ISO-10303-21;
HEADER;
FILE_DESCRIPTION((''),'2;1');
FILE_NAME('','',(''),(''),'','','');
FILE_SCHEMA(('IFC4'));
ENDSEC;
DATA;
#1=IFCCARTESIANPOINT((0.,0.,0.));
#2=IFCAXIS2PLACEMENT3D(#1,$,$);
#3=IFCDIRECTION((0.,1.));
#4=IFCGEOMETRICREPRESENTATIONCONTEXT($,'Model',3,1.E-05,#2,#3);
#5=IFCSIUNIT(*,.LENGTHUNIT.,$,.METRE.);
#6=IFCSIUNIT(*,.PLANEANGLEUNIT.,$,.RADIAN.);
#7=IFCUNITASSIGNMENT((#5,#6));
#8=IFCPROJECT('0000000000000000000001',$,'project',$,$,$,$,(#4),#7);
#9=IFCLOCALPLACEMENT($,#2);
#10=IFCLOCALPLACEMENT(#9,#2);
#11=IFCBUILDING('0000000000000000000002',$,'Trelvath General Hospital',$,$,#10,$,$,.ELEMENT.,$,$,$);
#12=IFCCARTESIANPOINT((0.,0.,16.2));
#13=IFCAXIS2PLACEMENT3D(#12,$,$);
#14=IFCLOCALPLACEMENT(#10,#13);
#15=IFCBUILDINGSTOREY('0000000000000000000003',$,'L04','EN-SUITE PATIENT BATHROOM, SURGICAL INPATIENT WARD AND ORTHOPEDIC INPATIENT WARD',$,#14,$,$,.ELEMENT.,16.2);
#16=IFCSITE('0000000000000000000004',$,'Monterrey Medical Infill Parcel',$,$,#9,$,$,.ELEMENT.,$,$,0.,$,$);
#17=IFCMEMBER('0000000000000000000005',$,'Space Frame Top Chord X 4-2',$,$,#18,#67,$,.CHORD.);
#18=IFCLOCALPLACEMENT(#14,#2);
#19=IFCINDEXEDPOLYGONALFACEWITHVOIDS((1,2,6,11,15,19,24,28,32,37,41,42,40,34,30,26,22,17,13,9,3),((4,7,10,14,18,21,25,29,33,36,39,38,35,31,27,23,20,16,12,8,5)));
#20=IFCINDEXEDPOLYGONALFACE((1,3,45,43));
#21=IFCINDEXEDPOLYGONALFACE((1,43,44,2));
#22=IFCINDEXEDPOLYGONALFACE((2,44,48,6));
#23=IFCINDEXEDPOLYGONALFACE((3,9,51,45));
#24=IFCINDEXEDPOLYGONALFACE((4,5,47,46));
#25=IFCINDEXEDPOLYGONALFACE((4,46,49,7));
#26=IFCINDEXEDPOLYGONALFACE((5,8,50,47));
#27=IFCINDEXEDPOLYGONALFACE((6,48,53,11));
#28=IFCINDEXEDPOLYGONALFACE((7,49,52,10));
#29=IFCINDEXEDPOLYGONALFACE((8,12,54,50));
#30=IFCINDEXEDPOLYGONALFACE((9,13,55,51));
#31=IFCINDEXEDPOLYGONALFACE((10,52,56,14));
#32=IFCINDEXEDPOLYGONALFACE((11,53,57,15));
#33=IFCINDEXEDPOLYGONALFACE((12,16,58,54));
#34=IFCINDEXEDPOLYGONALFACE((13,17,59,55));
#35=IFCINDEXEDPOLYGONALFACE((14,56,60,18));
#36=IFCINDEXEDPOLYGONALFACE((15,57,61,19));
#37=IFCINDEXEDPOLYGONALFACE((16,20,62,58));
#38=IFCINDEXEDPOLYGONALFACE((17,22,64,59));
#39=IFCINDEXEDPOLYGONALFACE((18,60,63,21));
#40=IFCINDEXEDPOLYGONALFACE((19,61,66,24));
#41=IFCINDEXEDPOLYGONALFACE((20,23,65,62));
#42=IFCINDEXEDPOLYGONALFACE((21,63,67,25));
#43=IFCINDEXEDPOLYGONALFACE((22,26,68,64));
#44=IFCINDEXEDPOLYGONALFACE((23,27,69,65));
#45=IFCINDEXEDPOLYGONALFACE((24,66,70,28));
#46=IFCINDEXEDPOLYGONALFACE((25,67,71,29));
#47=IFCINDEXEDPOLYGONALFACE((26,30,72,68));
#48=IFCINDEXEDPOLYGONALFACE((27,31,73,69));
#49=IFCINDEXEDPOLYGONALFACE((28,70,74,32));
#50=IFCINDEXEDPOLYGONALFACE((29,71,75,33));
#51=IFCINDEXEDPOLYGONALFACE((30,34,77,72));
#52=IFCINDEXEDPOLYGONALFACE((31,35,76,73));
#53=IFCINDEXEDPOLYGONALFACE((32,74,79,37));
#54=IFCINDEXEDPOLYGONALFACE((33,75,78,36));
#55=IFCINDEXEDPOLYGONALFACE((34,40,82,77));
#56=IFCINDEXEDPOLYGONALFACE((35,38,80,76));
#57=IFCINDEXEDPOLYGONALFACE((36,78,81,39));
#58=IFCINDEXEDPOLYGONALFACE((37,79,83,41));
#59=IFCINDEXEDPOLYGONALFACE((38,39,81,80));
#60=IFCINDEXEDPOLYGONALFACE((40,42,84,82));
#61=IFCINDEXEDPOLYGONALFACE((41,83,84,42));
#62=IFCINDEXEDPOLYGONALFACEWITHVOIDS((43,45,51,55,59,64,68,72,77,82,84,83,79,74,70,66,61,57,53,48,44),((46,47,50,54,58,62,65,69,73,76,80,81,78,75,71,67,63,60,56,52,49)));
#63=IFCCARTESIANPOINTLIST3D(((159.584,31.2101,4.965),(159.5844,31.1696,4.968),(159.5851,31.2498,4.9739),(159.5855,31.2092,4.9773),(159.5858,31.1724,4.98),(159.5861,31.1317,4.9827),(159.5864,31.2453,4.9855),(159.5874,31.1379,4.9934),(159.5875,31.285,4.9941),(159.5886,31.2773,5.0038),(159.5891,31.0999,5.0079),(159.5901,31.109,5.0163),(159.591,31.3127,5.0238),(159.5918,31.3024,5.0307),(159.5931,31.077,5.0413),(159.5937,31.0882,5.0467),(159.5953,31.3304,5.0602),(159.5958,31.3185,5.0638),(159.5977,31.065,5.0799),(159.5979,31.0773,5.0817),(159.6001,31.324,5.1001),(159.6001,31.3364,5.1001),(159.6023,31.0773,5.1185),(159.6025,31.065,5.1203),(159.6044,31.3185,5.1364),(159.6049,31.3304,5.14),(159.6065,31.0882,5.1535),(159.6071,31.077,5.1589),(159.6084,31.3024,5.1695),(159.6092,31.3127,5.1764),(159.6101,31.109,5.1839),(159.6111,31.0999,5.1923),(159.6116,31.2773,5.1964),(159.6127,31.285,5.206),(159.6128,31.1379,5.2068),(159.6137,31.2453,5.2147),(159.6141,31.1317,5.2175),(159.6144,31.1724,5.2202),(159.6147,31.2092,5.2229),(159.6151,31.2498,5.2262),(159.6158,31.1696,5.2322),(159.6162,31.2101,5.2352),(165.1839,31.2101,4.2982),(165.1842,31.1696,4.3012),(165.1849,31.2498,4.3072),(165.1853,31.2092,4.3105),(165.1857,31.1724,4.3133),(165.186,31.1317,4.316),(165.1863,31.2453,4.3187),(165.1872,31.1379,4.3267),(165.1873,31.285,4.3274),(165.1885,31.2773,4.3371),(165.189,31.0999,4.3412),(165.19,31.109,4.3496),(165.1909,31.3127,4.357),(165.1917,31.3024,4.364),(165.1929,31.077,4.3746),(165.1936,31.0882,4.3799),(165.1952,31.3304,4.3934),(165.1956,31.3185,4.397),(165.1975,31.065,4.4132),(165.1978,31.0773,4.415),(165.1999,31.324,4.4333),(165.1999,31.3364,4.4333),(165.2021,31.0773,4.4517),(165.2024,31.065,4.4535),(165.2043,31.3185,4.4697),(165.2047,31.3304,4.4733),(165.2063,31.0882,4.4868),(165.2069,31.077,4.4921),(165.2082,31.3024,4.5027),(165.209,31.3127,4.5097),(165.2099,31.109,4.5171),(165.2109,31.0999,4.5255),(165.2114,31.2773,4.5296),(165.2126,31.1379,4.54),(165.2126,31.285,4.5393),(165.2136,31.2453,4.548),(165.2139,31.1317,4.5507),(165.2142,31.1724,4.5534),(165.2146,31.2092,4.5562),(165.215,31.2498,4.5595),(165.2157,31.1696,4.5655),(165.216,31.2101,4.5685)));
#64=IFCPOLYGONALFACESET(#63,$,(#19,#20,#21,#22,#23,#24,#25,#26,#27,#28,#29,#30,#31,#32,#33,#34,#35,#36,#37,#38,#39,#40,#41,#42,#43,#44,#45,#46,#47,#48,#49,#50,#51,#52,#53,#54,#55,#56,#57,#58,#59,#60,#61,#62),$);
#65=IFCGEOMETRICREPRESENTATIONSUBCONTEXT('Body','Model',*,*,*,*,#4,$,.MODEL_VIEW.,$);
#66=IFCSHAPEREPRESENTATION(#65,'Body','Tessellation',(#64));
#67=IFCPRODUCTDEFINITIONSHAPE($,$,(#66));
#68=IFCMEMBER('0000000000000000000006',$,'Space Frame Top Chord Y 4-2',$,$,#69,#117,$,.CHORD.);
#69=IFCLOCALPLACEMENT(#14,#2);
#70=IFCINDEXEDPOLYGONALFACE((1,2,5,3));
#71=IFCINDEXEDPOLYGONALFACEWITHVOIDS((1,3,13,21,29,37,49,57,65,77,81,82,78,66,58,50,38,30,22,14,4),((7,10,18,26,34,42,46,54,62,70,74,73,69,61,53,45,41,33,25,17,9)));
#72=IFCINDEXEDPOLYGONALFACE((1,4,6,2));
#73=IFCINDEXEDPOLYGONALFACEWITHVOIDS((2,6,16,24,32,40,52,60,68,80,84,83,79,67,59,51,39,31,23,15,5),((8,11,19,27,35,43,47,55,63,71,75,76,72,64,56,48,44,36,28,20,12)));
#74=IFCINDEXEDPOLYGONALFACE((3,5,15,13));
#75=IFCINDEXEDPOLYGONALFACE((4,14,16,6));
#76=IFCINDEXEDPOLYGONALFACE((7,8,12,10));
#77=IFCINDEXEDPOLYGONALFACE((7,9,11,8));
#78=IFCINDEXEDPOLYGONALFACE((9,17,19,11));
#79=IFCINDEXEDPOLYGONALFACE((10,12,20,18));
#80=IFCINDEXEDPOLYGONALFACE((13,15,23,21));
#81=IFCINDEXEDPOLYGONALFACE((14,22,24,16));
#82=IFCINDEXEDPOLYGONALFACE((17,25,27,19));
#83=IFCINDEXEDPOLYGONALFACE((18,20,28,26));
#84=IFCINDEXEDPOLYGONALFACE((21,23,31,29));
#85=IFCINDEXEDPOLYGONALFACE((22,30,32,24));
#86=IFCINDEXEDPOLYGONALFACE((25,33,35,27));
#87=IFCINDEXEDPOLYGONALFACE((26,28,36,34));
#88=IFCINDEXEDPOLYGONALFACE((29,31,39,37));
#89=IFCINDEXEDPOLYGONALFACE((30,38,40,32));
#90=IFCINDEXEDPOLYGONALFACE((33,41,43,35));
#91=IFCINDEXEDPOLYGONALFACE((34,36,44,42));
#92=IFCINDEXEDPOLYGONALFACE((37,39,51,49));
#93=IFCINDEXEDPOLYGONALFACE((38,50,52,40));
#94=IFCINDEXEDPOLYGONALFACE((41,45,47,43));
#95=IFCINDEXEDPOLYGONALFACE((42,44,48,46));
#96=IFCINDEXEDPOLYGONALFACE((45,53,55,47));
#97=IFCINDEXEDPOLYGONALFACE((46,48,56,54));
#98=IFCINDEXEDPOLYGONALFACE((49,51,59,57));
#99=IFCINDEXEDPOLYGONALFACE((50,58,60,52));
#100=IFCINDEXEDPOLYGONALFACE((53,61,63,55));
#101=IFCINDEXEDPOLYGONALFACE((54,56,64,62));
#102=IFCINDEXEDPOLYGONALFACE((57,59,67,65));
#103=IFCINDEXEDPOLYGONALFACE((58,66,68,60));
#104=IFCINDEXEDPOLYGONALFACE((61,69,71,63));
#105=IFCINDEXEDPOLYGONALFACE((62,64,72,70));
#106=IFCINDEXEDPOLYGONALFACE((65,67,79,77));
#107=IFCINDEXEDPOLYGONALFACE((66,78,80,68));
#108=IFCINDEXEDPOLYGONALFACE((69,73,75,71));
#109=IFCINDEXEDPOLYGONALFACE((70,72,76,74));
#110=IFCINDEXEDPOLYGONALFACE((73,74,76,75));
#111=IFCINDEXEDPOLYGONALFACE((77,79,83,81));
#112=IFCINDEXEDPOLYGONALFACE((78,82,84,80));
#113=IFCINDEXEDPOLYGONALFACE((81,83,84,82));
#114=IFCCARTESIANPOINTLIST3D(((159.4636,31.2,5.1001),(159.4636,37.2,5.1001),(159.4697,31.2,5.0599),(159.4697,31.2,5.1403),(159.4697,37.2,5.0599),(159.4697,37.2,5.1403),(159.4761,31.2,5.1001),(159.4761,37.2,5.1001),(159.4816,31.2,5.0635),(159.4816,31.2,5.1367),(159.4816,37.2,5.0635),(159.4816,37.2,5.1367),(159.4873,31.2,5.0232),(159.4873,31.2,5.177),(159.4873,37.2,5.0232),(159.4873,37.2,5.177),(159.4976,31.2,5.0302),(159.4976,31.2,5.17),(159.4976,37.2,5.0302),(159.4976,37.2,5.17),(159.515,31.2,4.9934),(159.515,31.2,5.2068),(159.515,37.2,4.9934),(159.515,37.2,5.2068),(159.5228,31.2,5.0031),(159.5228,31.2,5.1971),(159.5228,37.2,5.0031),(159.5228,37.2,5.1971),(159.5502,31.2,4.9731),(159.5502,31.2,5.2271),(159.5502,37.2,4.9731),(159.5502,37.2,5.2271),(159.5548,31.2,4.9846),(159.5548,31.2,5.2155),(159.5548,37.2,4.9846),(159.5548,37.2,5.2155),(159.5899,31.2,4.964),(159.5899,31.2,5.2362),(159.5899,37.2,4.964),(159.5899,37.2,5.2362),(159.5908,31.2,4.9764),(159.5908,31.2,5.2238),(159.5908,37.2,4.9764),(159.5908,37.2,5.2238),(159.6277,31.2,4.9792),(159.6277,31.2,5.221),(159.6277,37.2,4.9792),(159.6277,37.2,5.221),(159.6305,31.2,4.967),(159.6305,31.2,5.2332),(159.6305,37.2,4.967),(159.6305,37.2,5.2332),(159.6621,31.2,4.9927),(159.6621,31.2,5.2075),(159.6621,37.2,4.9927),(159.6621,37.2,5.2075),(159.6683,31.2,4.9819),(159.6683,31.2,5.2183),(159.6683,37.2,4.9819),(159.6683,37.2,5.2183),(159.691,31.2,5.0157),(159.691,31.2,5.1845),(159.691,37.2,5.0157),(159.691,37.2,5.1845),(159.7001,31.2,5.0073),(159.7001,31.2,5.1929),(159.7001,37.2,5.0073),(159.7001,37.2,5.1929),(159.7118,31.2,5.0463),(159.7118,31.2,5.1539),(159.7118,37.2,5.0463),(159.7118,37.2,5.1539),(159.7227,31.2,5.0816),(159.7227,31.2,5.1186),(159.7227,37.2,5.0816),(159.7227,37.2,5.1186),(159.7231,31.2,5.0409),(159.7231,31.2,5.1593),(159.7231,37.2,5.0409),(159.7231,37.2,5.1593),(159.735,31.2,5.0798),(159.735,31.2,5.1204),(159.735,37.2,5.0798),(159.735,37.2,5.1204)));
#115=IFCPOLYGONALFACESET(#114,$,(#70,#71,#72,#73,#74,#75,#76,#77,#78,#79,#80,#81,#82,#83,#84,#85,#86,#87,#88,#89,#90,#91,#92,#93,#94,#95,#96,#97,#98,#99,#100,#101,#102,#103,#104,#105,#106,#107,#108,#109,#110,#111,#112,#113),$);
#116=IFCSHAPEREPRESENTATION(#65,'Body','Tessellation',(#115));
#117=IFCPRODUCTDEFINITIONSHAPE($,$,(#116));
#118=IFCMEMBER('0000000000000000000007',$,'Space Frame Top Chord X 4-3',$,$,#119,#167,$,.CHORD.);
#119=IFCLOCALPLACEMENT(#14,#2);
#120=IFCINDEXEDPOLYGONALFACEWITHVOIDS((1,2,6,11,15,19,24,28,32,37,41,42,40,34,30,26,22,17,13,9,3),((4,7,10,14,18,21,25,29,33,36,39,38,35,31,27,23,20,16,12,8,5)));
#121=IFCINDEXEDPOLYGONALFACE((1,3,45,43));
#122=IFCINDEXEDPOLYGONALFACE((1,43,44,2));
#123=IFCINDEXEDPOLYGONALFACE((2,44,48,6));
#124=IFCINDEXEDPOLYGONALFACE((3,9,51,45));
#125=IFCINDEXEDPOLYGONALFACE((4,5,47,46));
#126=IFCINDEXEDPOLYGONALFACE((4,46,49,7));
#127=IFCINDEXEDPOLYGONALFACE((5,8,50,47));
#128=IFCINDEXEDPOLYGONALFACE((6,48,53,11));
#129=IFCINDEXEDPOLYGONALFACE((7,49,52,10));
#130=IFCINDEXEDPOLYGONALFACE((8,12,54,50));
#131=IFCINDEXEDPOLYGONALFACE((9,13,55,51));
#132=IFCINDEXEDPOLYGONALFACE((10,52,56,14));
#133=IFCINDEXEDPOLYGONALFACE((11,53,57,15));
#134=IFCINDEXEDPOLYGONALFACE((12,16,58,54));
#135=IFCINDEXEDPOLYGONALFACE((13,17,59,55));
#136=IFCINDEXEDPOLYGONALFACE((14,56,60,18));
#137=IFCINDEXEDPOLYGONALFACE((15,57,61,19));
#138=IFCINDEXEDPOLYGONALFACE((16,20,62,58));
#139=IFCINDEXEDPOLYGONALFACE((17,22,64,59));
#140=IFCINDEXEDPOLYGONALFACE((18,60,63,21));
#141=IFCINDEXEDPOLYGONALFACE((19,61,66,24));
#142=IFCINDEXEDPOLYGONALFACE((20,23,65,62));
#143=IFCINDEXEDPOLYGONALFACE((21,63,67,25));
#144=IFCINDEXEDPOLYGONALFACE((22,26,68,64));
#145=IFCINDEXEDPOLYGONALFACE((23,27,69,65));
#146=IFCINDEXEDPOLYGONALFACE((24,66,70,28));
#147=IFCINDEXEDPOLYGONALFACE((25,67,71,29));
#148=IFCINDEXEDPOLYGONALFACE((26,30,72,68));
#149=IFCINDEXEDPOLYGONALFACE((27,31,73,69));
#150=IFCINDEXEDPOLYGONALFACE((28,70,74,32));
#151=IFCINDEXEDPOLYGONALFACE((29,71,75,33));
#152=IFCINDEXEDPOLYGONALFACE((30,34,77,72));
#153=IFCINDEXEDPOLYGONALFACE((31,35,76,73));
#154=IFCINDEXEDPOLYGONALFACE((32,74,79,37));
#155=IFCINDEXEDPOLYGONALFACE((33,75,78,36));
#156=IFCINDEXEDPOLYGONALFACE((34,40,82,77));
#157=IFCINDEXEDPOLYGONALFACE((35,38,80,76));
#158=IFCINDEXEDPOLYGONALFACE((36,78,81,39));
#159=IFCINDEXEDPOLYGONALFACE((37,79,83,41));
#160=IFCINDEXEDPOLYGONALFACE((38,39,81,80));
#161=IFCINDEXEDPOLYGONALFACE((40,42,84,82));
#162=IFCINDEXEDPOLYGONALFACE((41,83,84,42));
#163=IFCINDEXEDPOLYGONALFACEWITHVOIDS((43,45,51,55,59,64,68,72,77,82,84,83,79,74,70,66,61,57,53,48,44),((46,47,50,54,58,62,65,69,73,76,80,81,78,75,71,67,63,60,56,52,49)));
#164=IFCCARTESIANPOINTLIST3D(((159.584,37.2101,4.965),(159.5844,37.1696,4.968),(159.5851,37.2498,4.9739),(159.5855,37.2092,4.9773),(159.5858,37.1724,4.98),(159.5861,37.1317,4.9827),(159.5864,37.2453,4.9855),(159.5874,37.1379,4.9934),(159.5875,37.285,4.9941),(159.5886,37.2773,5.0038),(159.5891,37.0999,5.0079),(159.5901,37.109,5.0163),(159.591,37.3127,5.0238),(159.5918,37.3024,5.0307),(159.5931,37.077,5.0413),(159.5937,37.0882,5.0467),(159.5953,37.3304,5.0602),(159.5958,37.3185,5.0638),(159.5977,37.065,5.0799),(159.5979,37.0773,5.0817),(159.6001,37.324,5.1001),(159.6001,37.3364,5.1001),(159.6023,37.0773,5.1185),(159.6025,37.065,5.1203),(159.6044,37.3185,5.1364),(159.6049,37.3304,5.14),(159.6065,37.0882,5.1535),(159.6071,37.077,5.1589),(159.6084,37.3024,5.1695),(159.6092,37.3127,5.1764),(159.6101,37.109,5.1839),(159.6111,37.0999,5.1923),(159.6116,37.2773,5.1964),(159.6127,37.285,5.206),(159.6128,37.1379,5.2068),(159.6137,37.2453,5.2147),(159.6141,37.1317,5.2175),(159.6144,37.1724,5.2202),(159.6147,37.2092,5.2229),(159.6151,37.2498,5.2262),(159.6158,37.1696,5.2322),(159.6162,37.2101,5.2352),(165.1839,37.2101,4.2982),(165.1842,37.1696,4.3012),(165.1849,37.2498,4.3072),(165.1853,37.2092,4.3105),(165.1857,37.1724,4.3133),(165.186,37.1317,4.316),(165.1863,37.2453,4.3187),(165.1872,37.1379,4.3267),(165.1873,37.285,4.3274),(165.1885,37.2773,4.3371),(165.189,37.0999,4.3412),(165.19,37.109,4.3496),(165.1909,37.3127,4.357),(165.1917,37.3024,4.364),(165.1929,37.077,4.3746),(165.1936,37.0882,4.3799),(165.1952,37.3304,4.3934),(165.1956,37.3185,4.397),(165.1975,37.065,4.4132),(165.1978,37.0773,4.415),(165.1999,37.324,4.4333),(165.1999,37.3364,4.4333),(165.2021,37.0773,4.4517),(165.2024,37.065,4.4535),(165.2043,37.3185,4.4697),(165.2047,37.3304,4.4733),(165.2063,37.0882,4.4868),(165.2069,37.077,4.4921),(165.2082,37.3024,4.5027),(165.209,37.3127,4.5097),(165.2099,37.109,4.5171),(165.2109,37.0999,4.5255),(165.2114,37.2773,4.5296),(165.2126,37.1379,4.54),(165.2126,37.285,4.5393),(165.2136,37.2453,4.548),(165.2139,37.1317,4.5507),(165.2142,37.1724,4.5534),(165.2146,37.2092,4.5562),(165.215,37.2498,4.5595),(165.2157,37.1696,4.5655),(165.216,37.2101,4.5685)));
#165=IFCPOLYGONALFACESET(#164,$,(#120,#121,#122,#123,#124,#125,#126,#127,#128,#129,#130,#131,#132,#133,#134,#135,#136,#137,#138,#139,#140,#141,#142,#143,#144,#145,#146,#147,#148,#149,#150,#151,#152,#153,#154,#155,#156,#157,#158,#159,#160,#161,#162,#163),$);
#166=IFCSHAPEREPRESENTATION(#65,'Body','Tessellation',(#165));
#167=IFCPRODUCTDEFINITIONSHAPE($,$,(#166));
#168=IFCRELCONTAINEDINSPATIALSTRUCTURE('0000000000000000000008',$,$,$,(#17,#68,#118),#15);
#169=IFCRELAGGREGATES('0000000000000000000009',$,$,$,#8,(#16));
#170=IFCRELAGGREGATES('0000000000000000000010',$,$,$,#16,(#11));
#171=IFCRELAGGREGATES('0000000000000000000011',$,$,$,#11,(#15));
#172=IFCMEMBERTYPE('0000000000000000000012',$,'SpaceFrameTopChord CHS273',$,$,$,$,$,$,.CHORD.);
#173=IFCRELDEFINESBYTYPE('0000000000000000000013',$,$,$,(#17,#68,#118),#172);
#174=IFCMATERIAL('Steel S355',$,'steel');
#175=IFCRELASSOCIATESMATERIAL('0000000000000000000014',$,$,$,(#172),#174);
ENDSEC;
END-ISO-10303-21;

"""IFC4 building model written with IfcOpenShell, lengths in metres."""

from ifc_helpers import new_model, si_unit, direction, frame, origin, origin_2d, place, context, subcontext, project, spatial, hollow_circle, extrude, material, material_profile, profile_set, type_object, element, save


model = new_model("IFC4")

# Units and contexts
model_context = context("Model", 3, precision=1e-05, world=origin(), true_north=direction((0.0, 1.0)))
body_context = subcontext(model_context, "Body", "Model", "MODEL_VIEW")
ifc_project = project(units=[si_unit("LENGTHUNIT", "METRE"), si_unit("PLANEANGLEUNIT", "RADIAN")], contexts=[model_context])

# Site, building, storey
site_placement = place(None, origin())
site = spatial("IfcSite", under=ifc_project, at=site_placement, Name="Monterrey Medical Infill Parcel", CompositionType="ELEMENT", RefElevation=0.0)
building_placement = place(site_placement, origin())
building = spatial("IfcBuilding", under=site, at=building_placement, Name="Trelvath General Hospital", CompositionType="ELEMENT")
storey_placement = place(building_placement, frame((0.0, 0.0, 16.2)))
storey = spatial("IfcBuildingStorey", under=building, at=storey_placement, Name="L04", Description="EN-SUITE PATIENT BATHROOM, SURGICAL INPATIENT WARD AND ORTHOPEDIC INPATIENT WARD", CompositionType="ELEMENT", Elevation=16.2)

# Members
ifc_material_1 = material(Name="Steel S355", Category="steel")
ifc_material_profile_1 = material_profile(ifc_material_1, hollow_circle(Radius=0.1365, WallThickness=0.0125, at=origin_2d()), Name="CHS273.0x12.5")
ifc_profile_set_1 = profile_set([ifc_material_profile_1], Name="Steel S355")
member_type_1 = type_object("IfcMemberType", Name="SpaceFrameTopChord CHS273", PredefinedType="CHORD", material=ifc_profile_set_1)
member_1_placement = place(storey_placement, frame((159.6001, 31.2, 5.1001), z_axis=(0.992986, 0.0, -0.11823), x_axis=(0.0, 1.0, 0.0)))
element("IfcMember", 1, at=member_1_placement, inside=storey, type_object=member_type_1, Name="Space Frame Top Chord X 4-2", PredefinedType="CHORD", context=body_context, shape_type="SweptSolid", body=[
    extrude(hollow_circle(Radius=0.1365, WallThickness=0.0125, at=origin_2d()), origin(), (0.0, 0.0, 1.0), 5.6394),
])
member_2_placement = place(storey_placement, frame((159.6001, 31.2, 5.1001), z_axis=(0.0, 1.0, 0.0), x_axis=(-1.0, 0.0, 0.0)))
element("IfcMember", 2, at=member_2_placement, inside=storey, type_object=member_type_1, Name="Space Frame Top Chord Y 4-2", PredefinedType="CHORD", context=body_context, shape_type="SweptSolid", body=[
    extrude(hollow_circle(Radius=0.1365, WallThickness=0.0125, at=origin_2d()), origin(), (0.0, 0.0, 1.0), 6.0),
])
member_3_placement = place(storey_placement, frame((159.6001, 37.2, 5.1001), z_axis=(0.992986, 0.0, -0.11823), x_axis=(0.0, 1.0, 0.0)))
element("IfcMember", 3, at=member_3_placement, inside=storey, type_object=member_type_1, Name="Space Frame Top Chord X 4-3", PredefinedType="CHORD", context=body_context, shape_type="SweptSolid", body=[
    extrude(hollow_circle(Radius=0.1365, WallThickness=0.0125, at=origin_2d()), origin(), (0.0, 0.0, 1.0), 5.6394),
])

save(model, "model.ifc")
